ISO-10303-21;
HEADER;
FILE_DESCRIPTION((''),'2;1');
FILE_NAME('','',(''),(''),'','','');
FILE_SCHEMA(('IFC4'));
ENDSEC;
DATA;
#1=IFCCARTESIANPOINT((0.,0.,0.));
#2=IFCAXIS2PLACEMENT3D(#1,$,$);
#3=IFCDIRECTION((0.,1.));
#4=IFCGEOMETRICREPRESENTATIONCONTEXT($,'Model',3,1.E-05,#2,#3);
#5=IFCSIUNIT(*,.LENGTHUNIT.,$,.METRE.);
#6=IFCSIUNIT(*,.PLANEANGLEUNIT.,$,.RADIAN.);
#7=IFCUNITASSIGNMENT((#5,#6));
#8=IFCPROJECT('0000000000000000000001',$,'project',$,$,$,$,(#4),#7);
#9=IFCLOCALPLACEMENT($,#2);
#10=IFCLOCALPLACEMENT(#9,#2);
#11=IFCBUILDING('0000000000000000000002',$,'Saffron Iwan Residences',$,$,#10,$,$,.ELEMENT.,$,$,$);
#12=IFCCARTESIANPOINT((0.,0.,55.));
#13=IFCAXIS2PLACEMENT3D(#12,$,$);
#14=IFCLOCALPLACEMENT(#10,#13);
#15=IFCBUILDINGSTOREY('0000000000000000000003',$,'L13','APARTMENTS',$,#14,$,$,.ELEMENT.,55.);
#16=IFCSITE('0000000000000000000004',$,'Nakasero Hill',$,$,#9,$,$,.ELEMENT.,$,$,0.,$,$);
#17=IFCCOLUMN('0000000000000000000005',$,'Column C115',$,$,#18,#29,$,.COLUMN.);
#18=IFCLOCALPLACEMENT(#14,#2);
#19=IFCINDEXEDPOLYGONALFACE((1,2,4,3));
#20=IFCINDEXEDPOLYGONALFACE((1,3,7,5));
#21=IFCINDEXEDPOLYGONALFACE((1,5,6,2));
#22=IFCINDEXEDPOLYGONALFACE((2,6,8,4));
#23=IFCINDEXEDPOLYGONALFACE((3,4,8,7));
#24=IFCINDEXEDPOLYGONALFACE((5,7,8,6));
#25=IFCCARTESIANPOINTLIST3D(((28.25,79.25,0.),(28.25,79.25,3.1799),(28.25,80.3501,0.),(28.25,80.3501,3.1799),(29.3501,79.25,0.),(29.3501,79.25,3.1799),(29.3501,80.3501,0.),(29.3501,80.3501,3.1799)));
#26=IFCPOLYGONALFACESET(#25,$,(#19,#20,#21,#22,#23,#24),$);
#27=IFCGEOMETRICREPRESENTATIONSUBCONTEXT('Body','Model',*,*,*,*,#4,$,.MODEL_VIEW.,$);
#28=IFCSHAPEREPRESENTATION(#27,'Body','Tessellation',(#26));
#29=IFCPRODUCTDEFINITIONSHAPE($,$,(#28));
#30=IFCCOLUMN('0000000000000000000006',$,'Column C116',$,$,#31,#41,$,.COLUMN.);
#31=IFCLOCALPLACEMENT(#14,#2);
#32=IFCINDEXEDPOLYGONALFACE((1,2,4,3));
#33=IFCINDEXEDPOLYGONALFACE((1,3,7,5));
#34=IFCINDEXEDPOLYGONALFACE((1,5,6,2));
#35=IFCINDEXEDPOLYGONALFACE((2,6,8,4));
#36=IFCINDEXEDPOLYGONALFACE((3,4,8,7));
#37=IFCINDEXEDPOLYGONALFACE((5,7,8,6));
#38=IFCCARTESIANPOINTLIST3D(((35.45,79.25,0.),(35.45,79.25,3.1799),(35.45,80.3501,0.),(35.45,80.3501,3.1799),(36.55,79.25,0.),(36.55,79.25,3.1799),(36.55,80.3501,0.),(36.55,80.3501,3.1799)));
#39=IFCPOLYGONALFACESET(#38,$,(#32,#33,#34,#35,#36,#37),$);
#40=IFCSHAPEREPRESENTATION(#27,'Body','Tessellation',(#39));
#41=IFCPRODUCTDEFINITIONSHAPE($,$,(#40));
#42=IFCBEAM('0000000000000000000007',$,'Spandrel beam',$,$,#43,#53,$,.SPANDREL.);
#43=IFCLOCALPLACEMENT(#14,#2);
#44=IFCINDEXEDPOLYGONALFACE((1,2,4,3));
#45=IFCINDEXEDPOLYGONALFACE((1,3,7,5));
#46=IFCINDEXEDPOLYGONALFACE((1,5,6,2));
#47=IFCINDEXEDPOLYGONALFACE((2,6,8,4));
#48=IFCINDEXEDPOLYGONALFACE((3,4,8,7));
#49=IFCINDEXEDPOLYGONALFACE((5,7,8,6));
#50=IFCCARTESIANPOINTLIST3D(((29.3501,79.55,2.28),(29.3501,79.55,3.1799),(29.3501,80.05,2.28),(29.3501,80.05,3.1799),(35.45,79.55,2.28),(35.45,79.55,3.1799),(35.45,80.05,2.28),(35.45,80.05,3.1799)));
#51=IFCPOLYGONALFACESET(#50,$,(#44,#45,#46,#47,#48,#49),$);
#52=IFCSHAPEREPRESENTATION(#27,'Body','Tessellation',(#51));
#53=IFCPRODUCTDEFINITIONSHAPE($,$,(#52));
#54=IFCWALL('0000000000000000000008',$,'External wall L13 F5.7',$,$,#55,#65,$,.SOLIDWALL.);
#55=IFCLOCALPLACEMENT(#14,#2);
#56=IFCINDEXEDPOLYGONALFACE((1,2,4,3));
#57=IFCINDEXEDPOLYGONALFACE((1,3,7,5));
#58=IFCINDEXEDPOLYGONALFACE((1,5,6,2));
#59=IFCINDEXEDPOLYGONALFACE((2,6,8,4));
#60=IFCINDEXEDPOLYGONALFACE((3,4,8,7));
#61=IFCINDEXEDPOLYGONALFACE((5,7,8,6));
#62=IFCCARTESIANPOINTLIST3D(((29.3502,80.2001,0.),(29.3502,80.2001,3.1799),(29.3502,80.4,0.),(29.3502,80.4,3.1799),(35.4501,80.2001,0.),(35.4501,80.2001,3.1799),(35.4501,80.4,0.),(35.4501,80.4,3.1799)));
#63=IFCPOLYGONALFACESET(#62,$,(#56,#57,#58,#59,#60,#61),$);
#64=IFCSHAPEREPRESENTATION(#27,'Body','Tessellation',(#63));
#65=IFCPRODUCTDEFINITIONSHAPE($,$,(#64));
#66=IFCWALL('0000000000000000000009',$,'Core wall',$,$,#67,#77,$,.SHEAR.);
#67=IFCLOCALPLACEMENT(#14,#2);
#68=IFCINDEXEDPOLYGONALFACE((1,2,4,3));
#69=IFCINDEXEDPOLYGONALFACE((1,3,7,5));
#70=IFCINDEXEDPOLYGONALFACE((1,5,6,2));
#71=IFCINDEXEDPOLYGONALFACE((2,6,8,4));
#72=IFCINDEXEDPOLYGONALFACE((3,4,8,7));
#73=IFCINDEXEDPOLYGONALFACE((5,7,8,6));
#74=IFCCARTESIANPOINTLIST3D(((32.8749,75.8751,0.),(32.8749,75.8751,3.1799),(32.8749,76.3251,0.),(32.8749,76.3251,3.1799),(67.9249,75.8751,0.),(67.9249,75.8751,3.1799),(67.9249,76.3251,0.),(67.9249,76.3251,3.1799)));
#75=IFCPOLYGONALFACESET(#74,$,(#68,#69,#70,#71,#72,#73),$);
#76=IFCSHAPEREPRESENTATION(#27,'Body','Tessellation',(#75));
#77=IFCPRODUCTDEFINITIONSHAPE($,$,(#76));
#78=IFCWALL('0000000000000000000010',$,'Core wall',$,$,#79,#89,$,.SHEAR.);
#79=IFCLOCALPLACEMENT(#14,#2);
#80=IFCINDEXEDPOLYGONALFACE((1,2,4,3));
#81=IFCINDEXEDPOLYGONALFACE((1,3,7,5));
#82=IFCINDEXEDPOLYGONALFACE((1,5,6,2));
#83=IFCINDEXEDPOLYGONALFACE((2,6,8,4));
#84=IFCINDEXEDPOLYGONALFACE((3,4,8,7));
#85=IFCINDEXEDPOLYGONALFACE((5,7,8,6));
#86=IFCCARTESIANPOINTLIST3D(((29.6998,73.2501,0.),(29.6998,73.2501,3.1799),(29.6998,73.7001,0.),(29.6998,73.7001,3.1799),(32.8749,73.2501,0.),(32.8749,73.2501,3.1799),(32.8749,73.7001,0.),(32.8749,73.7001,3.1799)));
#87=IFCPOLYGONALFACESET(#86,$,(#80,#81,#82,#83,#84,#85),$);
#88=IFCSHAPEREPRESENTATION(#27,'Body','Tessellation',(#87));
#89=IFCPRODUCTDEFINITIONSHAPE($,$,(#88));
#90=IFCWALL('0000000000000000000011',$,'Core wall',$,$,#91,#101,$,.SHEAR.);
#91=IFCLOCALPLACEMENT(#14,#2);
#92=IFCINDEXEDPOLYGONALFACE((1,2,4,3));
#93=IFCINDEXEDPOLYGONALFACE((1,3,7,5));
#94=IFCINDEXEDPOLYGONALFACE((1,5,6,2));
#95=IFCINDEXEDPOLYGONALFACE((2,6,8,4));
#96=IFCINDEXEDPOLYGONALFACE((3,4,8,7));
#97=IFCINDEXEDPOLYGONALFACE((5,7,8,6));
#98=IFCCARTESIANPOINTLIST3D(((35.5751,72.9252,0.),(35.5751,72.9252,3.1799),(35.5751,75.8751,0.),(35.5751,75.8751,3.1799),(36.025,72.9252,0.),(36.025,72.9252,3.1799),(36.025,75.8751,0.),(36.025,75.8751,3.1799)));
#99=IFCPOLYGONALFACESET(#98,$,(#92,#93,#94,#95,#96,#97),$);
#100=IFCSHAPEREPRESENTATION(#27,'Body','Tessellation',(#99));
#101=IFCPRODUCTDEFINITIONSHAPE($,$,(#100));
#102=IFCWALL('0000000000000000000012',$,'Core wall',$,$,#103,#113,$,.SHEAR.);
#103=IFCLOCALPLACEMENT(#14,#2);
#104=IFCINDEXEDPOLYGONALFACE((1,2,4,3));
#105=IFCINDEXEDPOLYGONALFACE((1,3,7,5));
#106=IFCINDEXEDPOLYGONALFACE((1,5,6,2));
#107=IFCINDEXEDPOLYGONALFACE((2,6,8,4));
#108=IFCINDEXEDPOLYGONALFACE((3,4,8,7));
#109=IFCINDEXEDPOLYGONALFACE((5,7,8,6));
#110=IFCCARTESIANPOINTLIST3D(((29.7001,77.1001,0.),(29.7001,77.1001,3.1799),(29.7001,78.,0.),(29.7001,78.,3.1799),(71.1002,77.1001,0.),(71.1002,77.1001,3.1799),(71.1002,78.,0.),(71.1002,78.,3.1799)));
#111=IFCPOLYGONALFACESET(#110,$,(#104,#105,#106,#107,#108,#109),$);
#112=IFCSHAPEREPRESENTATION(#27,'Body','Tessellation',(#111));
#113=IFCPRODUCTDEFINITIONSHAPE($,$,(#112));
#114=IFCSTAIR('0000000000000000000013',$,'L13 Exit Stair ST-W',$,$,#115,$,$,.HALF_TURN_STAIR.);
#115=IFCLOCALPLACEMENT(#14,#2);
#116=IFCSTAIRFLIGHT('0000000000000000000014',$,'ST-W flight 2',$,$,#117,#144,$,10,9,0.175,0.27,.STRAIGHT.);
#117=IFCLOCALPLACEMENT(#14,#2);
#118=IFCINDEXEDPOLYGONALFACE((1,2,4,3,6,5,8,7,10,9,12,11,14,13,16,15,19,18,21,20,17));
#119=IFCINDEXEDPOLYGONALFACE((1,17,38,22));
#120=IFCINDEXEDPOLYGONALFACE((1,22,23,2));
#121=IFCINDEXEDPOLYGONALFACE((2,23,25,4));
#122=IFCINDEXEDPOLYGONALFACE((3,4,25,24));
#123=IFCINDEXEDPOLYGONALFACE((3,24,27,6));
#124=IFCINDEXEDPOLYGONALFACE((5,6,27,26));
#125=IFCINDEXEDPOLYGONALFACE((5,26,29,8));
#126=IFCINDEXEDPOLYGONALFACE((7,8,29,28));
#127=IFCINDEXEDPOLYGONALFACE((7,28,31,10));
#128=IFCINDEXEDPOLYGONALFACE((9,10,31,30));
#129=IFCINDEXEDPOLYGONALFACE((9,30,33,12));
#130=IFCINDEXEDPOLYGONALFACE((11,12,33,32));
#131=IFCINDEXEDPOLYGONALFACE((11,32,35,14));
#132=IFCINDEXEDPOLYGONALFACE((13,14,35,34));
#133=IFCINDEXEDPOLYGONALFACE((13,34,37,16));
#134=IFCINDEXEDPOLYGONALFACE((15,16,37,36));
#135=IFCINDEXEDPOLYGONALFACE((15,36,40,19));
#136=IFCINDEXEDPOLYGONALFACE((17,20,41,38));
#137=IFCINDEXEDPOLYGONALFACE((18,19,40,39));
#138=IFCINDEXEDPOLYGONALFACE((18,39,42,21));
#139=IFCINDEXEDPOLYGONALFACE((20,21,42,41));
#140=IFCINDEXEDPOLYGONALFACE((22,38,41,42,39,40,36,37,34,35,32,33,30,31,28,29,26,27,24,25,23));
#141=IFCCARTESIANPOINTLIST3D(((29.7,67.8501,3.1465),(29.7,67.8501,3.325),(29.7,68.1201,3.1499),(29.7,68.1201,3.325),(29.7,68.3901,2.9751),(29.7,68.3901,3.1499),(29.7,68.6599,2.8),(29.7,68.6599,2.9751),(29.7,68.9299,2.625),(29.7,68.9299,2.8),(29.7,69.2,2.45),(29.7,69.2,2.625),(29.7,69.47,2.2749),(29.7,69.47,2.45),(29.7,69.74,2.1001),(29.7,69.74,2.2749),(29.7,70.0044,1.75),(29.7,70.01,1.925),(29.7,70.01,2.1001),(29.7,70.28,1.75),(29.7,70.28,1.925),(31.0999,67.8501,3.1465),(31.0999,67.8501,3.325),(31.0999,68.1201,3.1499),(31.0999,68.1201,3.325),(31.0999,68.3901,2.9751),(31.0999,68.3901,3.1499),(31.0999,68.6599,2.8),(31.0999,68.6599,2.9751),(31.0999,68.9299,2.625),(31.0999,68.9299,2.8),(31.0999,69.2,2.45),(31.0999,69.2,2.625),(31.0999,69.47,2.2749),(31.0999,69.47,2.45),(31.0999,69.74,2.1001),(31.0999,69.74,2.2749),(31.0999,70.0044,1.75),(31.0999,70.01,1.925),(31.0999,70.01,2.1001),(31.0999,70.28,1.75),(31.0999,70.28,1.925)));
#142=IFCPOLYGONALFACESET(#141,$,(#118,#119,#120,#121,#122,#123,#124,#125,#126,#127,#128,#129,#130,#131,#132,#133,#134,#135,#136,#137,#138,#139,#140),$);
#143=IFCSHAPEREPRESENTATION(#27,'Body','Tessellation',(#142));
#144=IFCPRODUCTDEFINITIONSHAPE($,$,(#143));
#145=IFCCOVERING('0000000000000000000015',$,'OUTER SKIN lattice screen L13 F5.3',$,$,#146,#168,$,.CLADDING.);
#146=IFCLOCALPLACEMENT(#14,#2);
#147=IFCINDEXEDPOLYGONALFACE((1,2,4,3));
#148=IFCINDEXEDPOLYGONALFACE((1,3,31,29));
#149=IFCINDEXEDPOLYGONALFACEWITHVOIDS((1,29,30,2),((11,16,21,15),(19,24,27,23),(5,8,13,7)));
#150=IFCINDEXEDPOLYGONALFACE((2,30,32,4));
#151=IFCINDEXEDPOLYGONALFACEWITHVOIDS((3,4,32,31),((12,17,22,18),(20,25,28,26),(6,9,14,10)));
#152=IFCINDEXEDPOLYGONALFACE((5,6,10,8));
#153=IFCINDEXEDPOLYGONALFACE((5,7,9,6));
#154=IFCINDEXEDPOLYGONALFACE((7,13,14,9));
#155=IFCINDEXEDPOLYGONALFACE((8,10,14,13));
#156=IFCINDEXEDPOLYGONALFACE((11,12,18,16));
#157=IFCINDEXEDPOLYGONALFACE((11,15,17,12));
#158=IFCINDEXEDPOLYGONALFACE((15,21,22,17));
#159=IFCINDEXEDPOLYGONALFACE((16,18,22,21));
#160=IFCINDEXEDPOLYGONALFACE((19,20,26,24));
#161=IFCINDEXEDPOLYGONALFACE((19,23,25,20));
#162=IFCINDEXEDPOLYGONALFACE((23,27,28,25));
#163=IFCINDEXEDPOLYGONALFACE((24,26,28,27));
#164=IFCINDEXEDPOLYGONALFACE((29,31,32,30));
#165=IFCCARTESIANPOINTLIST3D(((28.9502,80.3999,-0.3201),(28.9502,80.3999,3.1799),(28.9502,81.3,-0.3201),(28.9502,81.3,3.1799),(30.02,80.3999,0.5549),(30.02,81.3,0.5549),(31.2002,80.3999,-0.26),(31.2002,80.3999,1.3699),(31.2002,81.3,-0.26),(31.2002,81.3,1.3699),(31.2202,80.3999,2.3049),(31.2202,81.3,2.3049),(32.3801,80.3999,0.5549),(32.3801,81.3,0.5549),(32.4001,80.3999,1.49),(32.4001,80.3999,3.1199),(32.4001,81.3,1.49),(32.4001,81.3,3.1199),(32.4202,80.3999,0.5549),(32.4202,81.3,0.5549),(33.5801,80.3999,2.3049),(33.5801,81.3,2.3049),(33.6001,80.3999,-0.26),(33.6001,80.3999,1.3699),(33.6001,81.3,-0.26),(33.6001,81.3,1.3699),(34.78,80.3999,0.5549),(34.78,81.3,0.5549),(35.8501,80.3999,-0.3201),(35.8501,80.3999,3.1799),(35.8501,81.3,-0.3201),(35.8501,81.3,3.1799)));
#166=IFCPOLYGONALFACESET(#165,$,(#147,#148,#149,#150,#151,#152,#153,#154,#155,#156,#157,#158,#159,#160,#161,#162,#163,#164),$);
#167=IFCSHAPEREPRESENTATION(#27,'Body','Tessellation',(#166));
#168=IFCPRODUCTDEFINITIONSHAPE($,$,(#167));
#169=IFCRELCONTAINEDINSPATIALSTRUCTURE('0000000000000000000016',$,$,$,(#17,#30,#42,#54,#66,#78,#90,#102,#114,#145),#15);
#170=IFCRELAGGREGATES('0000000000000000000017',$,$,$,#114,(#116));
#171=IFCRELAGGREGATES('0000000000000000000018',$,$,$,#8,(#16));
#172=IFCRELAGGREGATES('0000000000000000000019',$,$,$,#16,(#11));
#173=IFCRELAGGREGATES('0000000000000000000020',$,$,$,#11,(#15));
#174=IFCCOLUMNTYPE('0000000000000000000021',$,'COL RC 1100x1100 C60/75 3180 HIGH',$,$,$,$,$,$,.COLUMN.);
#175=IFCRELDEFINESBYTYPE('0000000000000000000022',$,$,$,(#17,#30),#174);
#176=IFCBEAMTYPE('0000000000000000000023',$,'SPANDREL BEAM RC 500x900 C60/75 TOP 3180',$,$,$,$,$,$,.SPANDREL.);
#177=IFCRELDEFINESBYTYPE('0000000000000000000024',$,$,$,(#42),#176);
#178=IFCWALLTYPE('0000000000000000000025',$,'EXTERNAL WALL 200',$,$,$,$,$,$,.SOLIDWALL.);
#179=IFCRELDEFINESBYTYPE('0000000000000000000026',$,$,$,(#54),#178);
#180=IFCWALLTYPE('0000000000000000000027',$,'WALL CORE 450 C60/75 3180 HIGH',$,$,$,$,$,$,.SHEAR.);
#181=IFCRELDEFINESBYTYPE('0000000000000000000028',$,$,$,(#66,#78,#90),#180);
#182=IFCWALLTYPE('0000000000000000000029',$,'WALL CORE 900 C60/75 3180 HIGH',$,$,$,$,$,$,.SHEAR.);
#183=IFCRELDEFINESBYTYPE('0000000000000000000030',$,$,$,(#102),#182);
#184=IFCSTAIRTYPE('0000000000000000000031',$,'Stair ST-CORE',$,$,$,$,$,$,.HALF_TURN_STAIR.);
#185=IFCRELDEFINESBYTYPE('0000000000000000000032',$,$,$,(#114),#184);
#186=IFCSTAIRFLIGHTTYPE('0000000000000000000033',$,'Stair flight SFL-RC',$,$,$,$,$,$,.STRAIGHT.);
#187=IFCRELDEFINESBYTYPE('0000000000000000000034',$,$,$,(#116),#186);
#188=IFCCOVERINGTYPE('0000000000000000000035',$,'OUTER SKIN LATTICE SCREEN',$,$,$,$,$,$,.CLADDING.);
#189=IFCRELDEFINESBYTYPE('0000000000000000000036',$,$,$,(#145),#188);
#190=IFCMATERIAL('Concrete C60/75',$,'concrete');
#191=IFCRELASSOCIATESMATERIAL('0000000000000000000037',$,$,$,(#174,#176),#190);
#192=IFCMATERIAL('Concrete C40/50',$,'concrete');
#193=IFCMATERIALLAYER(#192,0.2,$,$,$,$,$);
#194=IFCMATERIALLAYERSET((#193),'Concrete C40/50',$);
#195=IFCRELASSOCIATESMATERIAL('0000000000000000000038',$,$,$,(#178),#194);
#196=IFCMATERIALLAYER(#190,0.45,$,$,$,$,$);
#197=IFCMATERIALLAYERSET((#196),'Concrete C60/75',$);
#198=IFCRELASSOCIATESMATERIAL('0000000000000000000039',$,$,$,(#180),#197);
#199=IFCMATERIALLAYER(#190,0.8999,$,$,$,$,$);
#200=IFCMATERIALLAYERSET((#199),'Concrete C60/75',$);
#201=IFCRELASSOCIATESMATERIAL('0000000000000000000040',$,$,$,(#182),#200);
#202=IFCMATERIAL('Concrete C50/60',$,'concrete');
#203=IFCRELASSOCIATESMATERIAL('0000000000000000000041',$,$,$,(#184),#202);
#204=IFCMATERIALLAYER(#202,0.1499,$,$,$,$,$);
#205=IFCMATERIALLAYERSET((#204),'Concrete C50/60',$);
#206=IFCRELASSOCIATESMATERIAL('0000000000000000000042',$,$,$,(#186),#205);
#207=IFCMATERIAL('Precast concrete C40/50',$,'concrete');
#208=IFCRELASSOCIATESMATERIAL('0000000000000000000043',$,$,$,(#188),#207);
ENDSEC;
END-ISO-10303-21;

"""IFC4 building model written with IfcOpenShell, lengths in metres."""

from ifc_helpers import new_model, si_unit, direction, frame, frame_2d, origin, origin_2d, place, context, subcontext, project, spatial, polyline, rectangle, outline, extrude, source, transform, mapped, material, layer, layer_set, material_profile, profile_set, type_object, element, aggregate, save


model = new_model("IFC4")

# Units and contexts
model_context = context("Model", 3, precision=1e-05, world=origin(), true_north=direction((0.0, 1.0)))
body_context = subcontext(model_context, "Body", "Model", "MODEL_VIEW")
ifc_project = project(units=[si_unit("LENGTHUNIT", "METRE"), si_unit("PLANEANGLEUNIT", "RADIAN")], contexts=[model_context])

# Site, building, storey
site_placement = place(None, origin())
site = spatial("IfcSite", under=ifc_project, at=site_placement, Name="Nakasero Hill", CompositionType="ELEMENT", RefElevation=0.0)
building_placement = place(site_placement, origin())
building = spatial("IfcBuilding", under=site, at=building_placement, Name="Saffron Iwan Residences", CompositionType="ELEMENT")
storey_placement = place(building_placement, frame((0.0, 0.0, 55.0)))
storey = spatial("IfcBuildingStorey", under=building, at=storey_placement, Name="L13", Description="APARTMENTS", CompositionType="ELEMENT", Elevation=55.0)

# Columns
ifc_material_1 = material(Name="Concrete C60/75", Category="concrete")
ifc_material_profile_1 = material_profile(ifc_material_1, rectangle(XDim=1.1001, YDim=1.1001, at=origin_2d()), Name="RC 1100x1100")
ifc_profile_set_1 = profile_set([ifc_material_profile_1], Name="Concrete C60/75")
column_type = type_object("IfcColumnType", Name="COL RC 1100x1100 C60/75 3180 HIGH", PredefinedType="COLUMN", material=ifc_profile_set_1)
shared_shape_1 = source(origin(), body_context, "Body", "SweptSolid", [
    extrude(rectangle(XDim=1.1001, YDim=1.1001, at=origin_2d()), origin(), (0.0, 0.0, 1.0), 3.1799),
])
for number, where, z_axis, x_axis, name in (
    (1, (28.8, 79.8, 0.0), (0.0, 0.0, 1.0), (1.0, 0.0, 0.0), "Column C115"),
    (2, (36.0, 79.8, 0.0), (0.0, 0.0, 1.0), (1.0, 0.0, 0.0), "Column C116"),
):
    element("IfcColumn", number, at=place(storey_placement, frame(where, z_axis=z_axis, x_axis=x_axis)), inside=storey, type_object=column_type, Name=name, PredefinedType="COLUMN", context=body_context, shape_type="MappedRepresentation", body=[
        mapped(shared_shape_1, transform((0.0, 0.0, 0.0))),
    ])

# Beam
ifc_material_profile_2 = material_profile(ifc_material_1, rectangle(XDim=0.5, YDim=0.8999, at=origin_2d()), Name="RC 500x900")
ifc_profile_set_2 = profile_set([ifc_material_profile_2], Name="Concrete C60/75")
beam_type = type_object("IfcBeamType", Name="SPANDREL BEAM RC 500x900 C60/75 TOP 3180", PredefinedType="SPANDREL", material=ifc_profile_set_2)
shared_shape_2 = source(origin(), body_context, "Body", "SweptSolid", [
    extrude(rectangle(XDim=0.5, YDim=0.8999, at=origin_2d()), origin(), (0.0, 0.0, 1.0), 6.0999),
])
beam_placement = place(storey_placement, frame((29.3501, 79.8, 2.73), z_axis=(1.0, 0.0, 0.0), x_axis=(0.0, 1.0, 0.0)))
element("IfcBeam", 3, at=beam_placement, inside=storey, type_object=beam_type, Name="Spandrel beam", PredefinedType="SPANDREL", context=body_context, shape_type="MappedRepresentation", body=[
    mapped(shared_shape_2, transform((0.0, 0.0, 0.0))),
])

# Wall
ifc_material_2 = material(Name="Concrete C40/50", Category="concrete")
ifc_layer_1 = layer(ifc_material_2, 0.2)
ifc_layer_set_1 = layer_set([ifc_layer_1], Name="Concrete C40/50")
wall_type_1 = type_object("IfcWallType", Name="EXTERNAL WALL 200", PredefinedType="SOLIDWALL", material=ifc_layer_set_1)
wall_1_placement = place(storey_placement, frame((35.45, 80.3, 0.0), z_axis=(0.0, 0.0, 1.0), x_axis=(-1.0, 0.0, 0.0)))
element("IfcWall", 4, at=wall_1_placement, inside=storey, type_object=wall_type_1, Name="External wall L13 F5.7", PredefinedType="SOLIDWALL", context=body_context, shape_type="SweptSolid", body=[
    extrude(rectangle(XDim=6.0999, YDim=0.2, at=frame_2d((3.0498, 0.0))), origin(), (0.0, 0.0, 1.0), 3.1799),
])

# Shared definitions
ifc_layer_2 = layer(ifc_material_1, 0.45)
ifc_layer_set_2 = layer_set([ifc_layer_2], Name="Concrete C60/75")
wall_type_2 = type_object("IfcWallType", Name="WALL CORE 450 C60/75 3180 HIGH", PredefinedType="SHEAR", material=ifc_layer_set_2)

# Walls
wall_2_placement = place(storey_placement, frame((32.875, 76.1001, 0.0), z_axis=(0.0, 0.0, 1.0), x_axis=(1.0, 0.0, 0.0)))
element("IfcWall", 5, at=wall_2_placement, inside=storey, type_object=wall_type_2, Name="Core wall", PredefinedType="SHEAR", context=body_context, shape_type="SweptSolid", body=[
    extrude(rectangle(XDim=35.05, YDim=0.45, at=frame_2d((17.5249, 0.0))), origin(), (0.0, 0.0, 1.0), 3.1799),
])
wall_3_placement = place(storey_placement, frame((29.7, 73.4751, 0.0), z_axis=(0.0, 0.0, 1.0), x_axis=(1.0, 0.0, 0.0)))
element("IfcWall", 6, at=wall_3_placement, inside=storey, type_object=wall_type_2, Name="Core wall", PredefinedType="SHEAR", context=body_context, shape_type="SweptSolid", body=[
    extrude(rectangle(XDim=3.175, YDim=0.45, at=frame_2d((1.5874, 0.0))), origin(), (0.0, 0.0, 1.0), 3.1799),
])
wall_4_placement = place(storey_placement, frame((35.8, 72.925, 0.0), z_axis=(0.0, 0.0, 1.0), x_axis=(0.0, 1.0, 0.0)))
element("IfcWall", 7, at=wall_4_placement, inside=storey, type_object=wall_type_2, Name="Core wall", PredefinedType="SHEAR", context=body_context, shape_type="SweptSolid", body=[
    extrude(rectangle(XDim=2.95, YDim=0.45, at=frame_2d((1.4751, 0.0))), origin(), (0.0, 0.0, 1.0), 3.1799),
])
ifc_layer_3 = layer(ifc_material_1, 0.8999)
ifc_layer_set_3 = layer_set([ifc_layer_3], Name="Concrete C60/75")
wall_type_3 = type_object("IfcWallType", Name="WALL CORE 900 C60/75 3180 HIGH", PredefinedType="SHEAR", material=ifc_layer_set_3)
wall_5_placement = place(storey_placement, frame((29.7, 77.55, 0.0), z_axis=(0.0, 0.0, 1.0), x_axis=(1.0, 0.0, 0.0)))
element("IfcWall", 8, at=wall_5_placement, inside=storey, type_object=wall_type_3, Name="Core wall", PredefinedType="SHEAR", context=body_context, shape_type="SweptSolid", body=[
    extrude(rectangle(XDim=41.4001, YDim=0.8999, at=frame_2d((20.7002, 0.0))), origin(), (0.0, 0.0, 1.0), 3.1799),
])

# Stair, stair flight
ifc_material_3 = material(Name="Concrete C50/60", Category="concrete")
stair_type = type_object("IfcStairType", Name="Stair ST-CORE", PredefinedType="HALF_TURN_STAIR", material=ifc_material_3)
stair_placement = place(storey_placement, origin())
stair = element("IfcStair", 9, at=stair_placement, inside=storey, type_object=stair_type, Name="L13 Exit Stair ST-W", PredefinedType="HALF_TURN_STAIR")
ifc_layer_4 = layer(ifc_material_3, 0.1499)
ifc_layer_set_4 = layer_set([ifc_layer_4], Name="Concrete C50/60")
stair_flight_type = type_object("IfcStairFlightType", Name="Stair flight SFL-RC", PredefinedType="STRAIGHT", material=ifc_layer_set_4)
stair_flight_placement = place(storey_placement, frame((30.3999, 70.28, 1.75), z_axis=(0.0, 0.0, 1.0), x_axis=(0.0, -1.0, 0.0)))
stair_flight = element("IfcStairFlight", 10, at=stair_flight_placement, type_object=stair_flight_type, Name="ST-W flight 2", NumberOfRisers=10, NumberOfTreads=9, PredefinedType="STRAIGHT", RiserHeight=0.175, TreadLength=0.27, context=body_context, shape_type="SweptSolid", body=[
    extrude(outline(polyline([(0.0, 0.0), (0.0, 0.175), (0.27, 0.175), (0.27, 0.3501), (0.54, 0.3501), (0.54, 0.5249), (0.8101, 0.5249), (0.8101, 0.7), (1.0801, 0.7), (1.0801, 0.875), (1.3501, 0.875), (1.3501, 1.05), (1.6201, 1.05), (1.6201, 1.2251), (1.8899, 1.2251), (1.8899, 1.3999), (2.1599, 1.3999), (2.1599, 1.575), (2.4299, 1.575), (2.4299, 1.75), (2.4299, 1.3965), (0.2756, 0.0), (0.0, 0.0)])), frame((0.0, 0.7, 0.0), z_axis=(0.0, -1.0, 0.0), x_axis=(1.0, 0.0, 0.0)), (0.0, 0.0, 1.0), 1.3999),
])
aggregate(stair, [stair_flight])

# Covering
ifc_material_4 = material(Name="Precast concrete C40/50", Category="concrete")
covering_type = type_object("IfcCoveringType", Name="OUTER SKIN LATTICE SCREEN", PredefinedType="CLADDING", material=ifc_material_4)
covering_placement = place(storey_placement, frame((35.8501, 80.3999, -0.3201), z_axis=(0.0, 1.0, 0.0), x_axis=(-1.0, 0.0, 0.0)))
element("IfcCovering", 11, at=covering_placement, inside=storey, type_object=covering_type, Name="OUTER SKIN lattice screen L13 F5.3", PredefinedType="CLADDING", context=body_context, shape_type="SweptSolid", body=[
    extrude(outline(polyline([(0.0, 0.0), (6.8999, 0.0), (6.8999, 3.5), (0.0, 3.5), (0.0, 0.0)]), holes=[polyline([(1.0701, 0.875), (2.25, 0.0601), (3.4299, 0.875), (2.25, 1.6899), (1.0701, 0.875)]), polyline([(3.47, 0.875), (4.6499, 0.0601), (5.8301, 0.875), (4.6499, 1.6899), (3.47, 0.875)]), polyline([(2.27, 2.625), (3.45, 1.8101), (4.6299, 2.625), (3.45, 3.4399), (2.27, 2.625)])]), origin(), (0.0, 0.0, 1.0), 0.9001),
])

save(model, "model.ifc")
